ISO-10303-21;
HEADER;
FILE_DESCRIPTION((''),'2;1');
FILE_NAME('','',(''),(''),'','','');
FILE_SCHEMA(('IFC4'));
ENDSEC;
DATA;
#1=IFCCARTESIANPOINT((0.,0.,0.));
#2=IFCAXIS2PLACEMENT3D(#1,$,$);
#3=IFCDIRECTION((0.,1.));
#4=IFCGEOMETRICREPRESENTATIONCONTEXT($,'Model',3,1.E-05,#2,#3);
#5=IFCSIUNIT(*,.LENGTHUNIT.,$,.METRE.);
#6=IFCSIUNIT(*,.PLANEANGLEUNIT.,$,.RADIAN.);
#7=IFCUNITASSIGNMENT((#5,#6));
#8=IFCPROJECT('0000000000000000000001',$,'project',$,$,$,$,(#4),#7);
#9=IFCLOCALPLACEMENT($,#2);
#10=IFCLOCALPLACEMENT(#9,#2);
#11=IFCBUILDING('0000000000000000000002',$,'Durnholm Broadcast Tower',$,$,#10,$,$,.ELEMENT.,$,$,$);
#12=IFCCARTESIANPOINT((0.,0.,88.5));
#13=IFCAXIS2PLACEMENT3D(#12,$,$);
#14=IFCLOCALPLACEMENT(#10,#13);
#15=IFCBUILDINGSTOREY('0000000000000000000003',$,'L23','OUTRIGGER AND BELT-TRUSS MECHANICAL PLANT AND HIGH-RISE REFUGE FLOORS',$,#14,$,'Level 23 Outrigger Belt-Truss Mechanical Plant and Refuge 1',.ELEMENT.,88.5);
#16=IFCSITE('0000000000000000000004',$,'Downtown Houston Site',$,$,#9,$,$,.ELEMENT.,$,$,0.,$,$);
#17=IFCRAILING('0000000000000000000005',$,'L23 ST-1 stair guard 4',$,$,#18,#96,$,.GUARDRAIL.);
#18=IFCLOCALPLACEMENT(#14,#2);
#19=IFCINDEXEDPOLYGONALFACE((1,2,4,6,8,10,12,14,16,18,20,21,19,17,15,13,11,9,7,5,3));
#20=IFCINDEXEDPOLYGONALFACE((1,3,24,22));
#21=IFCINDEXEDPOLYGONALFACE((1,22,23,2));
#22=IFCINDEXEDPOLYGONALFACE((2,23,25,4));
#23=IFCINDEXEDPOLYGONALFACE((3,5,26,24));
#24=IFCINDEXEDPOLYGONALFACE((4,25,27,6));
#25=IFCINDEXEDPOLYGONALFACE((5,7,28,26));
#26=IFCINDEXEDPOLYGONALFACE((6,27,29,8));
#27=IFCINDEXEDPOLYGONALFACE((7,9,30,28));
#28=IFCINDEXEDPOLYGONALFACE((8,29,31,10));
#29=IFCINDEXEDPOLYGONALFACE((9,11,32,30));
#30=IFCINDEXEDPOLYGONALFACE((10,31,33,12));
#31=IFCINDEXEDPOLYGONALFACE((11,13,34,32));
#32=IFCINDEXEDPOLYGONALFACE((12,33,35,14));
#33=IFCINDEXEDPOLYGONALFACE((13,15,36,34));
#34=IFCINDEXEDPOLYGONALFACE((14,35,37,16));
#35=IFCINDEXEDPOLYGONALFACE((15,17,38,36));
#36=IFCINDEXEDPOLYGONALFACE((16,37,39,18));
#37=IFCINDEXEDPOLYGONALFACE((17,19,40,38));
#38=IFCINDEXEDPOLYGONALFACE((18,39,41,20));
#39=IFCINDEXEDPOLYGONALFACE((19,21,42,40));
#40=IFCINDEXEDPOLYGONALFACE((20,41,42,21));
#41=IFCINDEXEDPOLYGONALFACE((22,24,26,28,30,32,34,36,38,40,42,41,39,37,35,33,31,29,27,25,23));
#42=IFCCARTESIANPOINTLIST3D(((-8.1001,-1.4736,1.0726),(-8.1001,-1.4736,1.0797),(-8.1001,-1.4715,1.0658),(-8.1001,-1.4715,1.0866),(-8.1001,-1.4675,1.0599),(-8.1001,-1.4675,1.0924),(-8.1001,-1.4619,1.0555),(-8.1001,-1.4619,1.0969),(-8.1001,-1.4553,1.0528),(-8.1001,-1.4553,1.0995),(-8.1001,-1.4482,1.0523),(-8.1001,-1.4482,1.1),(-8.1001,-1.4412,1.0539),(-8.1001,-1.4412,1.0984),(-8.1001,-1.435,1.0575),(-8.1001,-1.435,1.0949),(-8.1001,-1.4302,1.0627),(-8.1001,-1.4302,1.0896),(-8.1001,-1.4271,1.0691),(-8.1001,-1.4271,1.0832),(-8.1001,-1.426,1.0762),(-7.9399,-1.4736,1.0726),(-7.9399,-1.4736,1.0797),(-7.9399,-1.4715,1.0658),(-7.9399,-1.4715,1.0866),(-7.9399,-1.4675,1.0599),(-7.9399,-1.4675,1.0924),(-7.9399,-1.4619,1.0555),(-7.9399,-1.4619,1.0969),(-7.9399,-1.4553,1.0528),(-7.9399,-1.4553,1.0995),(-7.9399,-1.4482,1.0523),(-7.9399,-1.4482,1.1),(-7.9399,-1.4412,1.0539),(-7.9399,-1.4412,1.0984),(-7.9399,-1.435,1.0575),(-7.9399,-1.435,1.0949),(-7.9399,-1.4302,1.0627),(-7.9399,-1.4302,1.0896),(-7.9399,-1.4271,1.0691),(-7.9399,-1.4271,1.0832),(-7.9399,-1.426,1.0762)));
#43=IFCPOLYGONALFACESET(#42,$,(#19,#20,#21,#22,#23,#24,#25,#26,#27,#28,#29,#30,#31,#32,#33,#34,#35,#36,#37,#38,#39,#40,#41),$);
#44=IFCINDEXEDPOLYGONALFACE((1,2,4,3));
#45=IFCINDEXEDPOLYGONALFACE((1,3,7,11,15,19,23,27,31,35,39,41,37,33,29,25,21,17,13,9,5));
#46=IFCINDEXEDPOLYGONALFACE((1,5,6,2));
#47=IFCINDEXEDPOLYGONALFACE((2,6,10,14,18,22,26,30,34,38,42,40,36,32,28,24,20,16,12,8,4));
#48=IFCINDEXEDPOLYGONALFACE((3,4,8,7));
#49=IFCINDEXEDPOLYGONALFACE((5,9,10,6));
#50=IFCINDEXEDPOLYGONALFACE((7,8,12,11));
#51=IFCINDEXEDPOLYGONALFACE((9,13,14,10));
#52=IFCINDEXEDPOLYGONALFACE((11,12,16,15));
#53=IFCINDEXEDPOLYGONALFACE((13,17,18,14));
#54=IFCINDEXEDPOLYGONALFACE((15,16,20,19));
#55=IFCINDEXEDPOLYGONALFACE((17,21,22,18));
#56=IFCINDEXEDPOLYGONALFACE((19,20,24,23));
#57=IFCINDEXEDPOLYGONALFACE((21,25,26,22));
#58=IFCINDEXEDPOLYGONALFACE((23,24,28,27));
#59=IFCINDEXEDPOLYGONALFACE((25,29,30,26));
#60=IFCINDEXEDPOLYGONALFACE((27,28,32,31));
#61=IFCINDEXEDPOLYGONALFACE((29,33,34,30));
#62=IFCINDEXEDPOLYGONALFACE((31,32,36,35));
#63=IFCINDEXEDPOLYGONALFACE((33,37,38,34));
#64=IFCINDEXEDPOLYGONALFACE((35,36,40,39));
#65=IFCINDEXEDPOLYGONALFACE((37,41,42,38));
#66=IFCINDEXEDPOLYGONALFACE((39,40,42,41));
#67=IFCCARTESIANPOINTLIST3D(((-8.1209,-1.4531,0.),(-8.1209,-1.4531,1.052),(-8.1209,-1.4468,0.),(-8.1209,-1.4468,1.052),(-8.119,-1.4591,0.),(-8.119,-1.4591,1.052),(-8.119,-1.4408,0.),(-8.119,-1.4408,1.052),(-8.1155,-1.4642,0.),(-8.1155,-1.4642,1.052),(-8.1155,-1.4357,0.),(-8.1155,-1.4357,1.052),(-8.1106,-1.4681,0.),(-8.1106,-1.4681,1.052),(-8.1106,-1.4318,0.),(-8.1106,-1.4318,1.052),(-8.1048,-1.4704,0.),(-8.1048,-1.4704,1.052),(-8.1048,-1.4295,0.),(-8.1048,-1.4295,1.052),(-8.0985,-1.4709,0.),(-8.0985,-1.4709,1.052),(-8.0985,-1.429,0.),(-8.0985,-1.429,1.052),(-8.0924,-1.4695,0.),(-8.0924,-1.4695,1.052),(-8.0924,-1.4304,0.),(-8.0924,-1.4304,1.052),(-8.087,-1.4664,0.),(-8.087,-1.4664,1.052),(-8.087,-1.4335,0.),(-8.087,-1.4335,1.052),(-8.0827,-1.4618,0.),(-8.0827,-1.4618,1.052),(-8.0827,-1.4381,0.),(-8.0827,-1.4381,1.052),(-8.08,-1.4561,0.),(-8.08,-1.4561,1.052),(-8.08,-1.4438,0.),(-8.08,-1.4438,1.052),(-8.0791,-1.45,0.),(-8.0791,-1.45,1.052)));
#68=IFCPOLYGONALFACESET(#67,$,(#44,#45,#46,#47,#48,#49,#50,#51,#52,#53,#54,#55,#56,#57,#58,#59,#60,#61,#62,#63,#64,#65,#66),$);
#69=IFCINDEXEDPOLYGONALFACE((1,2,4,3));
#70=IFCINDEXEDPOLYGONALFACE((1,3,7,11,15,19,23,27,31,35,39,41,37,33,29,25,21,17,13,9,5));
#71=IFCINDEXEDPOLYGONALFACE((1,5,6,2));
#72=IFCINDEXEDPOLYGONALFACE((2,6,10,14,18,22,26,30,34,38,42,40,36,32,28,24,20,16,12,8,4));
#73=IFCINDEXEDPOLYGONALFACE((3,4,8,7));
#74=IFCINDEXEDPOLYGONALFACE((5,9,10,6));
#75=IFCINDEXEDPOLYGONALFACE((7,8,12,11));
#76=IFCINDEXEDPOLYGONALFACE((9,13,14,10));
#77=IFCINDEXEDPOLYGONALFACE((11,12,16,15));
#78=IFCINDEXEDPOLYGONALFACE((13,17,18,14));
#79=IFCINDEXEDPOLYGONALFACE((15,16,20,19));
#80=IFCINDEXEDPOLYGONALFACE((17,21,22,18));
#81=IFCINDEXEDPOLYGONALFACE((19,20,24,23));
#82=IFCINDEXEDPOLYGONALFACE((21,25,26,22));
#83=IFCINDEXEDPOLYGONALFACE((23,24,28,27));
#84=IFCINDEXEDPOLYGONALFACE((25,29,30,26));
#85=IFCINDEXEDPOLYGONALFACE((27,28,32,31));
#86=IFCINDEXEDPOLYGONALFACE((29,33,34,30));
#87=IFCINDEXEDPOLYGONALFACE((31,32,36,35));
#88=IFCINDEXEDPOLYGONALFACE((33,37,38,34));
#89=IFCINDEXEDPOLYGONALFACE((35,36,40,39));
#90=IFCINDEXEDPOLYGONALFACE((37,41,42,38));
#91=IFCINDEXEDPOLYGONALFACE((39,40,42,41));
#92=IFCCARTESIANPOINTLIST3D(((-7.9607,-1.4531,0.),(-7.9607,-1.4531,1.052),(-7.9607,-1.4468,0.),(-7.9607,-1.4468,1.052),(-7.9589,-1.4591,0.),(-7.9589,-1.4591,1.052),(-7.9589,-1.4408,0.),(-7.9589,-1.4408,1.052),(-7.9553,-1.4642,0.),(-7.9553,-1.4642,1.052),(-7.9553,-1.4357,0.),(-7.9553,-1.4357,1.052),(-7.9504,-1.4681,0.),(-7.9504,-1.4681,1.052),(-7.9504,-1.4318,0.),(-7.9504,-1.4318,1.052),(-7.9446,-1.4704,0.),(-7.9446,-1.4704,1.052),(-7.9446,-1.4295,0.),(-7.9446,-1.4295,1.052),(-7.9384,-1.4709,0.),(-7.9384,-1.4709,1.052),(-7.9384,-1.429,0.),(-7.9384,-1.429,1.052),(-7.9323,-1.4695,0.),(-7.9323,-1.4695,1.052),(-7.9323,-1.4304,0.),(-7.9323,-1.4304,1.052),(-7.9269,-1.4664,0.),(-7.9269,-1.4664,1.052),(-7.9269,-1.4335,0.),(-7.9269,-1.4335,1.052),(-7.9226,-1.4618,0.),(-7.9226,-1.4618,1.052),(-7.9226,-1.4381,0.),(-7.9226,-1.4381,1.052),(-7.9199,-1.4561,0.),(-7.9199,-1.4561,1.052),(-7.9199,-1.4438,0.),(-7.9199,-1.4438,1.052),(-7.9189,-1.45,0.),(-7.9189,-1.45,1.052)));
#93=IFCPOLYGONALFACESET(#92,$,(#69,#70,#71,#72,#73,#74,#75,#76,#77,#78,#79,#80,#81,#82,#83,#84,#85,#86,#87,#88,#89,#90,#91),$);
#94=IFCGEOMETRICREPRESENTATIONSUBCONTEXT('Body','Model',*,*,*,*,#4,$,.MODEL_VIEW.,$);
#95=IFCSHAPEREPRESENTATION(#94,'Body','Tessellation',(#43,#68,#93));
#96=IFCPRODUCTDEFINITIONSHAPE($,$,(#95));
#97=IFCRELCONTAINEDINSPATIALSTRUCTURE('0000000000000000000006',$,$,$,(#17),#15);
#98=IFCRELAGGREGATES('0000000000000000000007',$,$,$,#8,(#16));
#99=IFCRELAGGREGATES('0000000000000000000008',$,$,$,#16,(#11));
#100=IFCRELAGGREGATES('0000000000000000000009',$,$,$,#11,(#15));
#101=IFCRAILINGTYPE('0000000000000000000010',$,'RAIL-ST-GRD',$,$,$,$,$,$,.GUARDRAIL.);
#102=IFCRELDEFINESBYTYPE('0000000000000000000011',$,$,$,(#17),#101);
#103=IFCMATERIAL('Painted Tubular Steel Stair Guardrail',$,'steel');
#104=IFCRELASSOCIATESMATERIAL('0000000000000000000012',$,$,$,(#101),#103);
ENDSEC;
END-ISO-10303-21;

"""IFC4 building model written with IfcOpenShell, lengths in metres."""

from ifc_helpers import new_model, si_unit, direction, frame, origin, origin_2d, place, context, subcontext, project, spatial, circle, extrude, material, type_object, element, save


model = new_model("IFC4")

# Units and contexts
model_context = context("Model", 3, precision=1e-05, world=origin(), true_north=direction((0.0, 1.0)))
body_context = subcontext(model_context, "Body", "Model", "MODEL_VIEW")
ifc_project = project(units=[si_unit("LENGTHUNIT", "METRE"), si_unit("PLANEANGLEUNIT", "RADIAN")], contexts=[model_context])

# Site, building, storey
site_placement = place(None, origin())
site = spatial("IfcSite", under=ifc_project, at=site_placement, Name="Downtown Houston Site", CompositionType="ELEMENT", RefElevation=0.0)
building_placement = place(site_placement, origin())
building = spatial("IfcBuilding", under=site, at=building_placement, Name="Durnholm Broadcast Tower", CompositionType="ELEMENT")
storey_placement = place(building_placement, frame((0.0, 0.0, 88.5)))
storey = spatial("IfcBuildingStorey", under=building, at=storey_placement, Name="L23", Description="OUTRIGGER AND BELT-TRUSS MECHANICAL PLANT AND HIGH-RISE REFUGE FLOORS", LongName="Level 23 Outrigger Belt-Truss Mechanical Plant and Refuge 1", CompositionType="ELEMENT", Elevation=88.5)

# Railing
ifc_material_1 = material(Name="Painted Tubular Steel Stair Guardrail", Category="steel")
railing_type_1 = type_object("IfcRailingType", Name="RAIL-ST-GRD", PredefinedType="GUARDRAIL", material=ifc_material_1)
railing_1_placement = place(storey_placement, frame((-8.1001, -1.45, 0.0)))
element("IfcRailing", 1, at=railing_1_placement, inside=storey, type_object=railing_type_1, Name="L23 ST-1 stair guard 4", PredefinedType="GUARDRAIL", context=body_context, shape_type="SweptSolid", body=[
    extrude(circle(Radius=0.0239, at=origin_2d()), frame((0.0, 0.0, 1.0762), z_axis=(1.0, 0.0, 0.0), x_axis=(0.0, 1.0, 0.0)), (0.0, 0.0, 1.0), 0.1602),
    extrude(circle(Radius=0.021, at=origin_2d()), origin(), (0.0, 0.0, 1.0), 1.052),
    extrude(circle(Radius=0.021, at=origin_2d()), frame((0.1602, 0.0, 0.0)), (0.0, 0.0, 1.0), 1.052),
])

save(model, "model.ifc")
